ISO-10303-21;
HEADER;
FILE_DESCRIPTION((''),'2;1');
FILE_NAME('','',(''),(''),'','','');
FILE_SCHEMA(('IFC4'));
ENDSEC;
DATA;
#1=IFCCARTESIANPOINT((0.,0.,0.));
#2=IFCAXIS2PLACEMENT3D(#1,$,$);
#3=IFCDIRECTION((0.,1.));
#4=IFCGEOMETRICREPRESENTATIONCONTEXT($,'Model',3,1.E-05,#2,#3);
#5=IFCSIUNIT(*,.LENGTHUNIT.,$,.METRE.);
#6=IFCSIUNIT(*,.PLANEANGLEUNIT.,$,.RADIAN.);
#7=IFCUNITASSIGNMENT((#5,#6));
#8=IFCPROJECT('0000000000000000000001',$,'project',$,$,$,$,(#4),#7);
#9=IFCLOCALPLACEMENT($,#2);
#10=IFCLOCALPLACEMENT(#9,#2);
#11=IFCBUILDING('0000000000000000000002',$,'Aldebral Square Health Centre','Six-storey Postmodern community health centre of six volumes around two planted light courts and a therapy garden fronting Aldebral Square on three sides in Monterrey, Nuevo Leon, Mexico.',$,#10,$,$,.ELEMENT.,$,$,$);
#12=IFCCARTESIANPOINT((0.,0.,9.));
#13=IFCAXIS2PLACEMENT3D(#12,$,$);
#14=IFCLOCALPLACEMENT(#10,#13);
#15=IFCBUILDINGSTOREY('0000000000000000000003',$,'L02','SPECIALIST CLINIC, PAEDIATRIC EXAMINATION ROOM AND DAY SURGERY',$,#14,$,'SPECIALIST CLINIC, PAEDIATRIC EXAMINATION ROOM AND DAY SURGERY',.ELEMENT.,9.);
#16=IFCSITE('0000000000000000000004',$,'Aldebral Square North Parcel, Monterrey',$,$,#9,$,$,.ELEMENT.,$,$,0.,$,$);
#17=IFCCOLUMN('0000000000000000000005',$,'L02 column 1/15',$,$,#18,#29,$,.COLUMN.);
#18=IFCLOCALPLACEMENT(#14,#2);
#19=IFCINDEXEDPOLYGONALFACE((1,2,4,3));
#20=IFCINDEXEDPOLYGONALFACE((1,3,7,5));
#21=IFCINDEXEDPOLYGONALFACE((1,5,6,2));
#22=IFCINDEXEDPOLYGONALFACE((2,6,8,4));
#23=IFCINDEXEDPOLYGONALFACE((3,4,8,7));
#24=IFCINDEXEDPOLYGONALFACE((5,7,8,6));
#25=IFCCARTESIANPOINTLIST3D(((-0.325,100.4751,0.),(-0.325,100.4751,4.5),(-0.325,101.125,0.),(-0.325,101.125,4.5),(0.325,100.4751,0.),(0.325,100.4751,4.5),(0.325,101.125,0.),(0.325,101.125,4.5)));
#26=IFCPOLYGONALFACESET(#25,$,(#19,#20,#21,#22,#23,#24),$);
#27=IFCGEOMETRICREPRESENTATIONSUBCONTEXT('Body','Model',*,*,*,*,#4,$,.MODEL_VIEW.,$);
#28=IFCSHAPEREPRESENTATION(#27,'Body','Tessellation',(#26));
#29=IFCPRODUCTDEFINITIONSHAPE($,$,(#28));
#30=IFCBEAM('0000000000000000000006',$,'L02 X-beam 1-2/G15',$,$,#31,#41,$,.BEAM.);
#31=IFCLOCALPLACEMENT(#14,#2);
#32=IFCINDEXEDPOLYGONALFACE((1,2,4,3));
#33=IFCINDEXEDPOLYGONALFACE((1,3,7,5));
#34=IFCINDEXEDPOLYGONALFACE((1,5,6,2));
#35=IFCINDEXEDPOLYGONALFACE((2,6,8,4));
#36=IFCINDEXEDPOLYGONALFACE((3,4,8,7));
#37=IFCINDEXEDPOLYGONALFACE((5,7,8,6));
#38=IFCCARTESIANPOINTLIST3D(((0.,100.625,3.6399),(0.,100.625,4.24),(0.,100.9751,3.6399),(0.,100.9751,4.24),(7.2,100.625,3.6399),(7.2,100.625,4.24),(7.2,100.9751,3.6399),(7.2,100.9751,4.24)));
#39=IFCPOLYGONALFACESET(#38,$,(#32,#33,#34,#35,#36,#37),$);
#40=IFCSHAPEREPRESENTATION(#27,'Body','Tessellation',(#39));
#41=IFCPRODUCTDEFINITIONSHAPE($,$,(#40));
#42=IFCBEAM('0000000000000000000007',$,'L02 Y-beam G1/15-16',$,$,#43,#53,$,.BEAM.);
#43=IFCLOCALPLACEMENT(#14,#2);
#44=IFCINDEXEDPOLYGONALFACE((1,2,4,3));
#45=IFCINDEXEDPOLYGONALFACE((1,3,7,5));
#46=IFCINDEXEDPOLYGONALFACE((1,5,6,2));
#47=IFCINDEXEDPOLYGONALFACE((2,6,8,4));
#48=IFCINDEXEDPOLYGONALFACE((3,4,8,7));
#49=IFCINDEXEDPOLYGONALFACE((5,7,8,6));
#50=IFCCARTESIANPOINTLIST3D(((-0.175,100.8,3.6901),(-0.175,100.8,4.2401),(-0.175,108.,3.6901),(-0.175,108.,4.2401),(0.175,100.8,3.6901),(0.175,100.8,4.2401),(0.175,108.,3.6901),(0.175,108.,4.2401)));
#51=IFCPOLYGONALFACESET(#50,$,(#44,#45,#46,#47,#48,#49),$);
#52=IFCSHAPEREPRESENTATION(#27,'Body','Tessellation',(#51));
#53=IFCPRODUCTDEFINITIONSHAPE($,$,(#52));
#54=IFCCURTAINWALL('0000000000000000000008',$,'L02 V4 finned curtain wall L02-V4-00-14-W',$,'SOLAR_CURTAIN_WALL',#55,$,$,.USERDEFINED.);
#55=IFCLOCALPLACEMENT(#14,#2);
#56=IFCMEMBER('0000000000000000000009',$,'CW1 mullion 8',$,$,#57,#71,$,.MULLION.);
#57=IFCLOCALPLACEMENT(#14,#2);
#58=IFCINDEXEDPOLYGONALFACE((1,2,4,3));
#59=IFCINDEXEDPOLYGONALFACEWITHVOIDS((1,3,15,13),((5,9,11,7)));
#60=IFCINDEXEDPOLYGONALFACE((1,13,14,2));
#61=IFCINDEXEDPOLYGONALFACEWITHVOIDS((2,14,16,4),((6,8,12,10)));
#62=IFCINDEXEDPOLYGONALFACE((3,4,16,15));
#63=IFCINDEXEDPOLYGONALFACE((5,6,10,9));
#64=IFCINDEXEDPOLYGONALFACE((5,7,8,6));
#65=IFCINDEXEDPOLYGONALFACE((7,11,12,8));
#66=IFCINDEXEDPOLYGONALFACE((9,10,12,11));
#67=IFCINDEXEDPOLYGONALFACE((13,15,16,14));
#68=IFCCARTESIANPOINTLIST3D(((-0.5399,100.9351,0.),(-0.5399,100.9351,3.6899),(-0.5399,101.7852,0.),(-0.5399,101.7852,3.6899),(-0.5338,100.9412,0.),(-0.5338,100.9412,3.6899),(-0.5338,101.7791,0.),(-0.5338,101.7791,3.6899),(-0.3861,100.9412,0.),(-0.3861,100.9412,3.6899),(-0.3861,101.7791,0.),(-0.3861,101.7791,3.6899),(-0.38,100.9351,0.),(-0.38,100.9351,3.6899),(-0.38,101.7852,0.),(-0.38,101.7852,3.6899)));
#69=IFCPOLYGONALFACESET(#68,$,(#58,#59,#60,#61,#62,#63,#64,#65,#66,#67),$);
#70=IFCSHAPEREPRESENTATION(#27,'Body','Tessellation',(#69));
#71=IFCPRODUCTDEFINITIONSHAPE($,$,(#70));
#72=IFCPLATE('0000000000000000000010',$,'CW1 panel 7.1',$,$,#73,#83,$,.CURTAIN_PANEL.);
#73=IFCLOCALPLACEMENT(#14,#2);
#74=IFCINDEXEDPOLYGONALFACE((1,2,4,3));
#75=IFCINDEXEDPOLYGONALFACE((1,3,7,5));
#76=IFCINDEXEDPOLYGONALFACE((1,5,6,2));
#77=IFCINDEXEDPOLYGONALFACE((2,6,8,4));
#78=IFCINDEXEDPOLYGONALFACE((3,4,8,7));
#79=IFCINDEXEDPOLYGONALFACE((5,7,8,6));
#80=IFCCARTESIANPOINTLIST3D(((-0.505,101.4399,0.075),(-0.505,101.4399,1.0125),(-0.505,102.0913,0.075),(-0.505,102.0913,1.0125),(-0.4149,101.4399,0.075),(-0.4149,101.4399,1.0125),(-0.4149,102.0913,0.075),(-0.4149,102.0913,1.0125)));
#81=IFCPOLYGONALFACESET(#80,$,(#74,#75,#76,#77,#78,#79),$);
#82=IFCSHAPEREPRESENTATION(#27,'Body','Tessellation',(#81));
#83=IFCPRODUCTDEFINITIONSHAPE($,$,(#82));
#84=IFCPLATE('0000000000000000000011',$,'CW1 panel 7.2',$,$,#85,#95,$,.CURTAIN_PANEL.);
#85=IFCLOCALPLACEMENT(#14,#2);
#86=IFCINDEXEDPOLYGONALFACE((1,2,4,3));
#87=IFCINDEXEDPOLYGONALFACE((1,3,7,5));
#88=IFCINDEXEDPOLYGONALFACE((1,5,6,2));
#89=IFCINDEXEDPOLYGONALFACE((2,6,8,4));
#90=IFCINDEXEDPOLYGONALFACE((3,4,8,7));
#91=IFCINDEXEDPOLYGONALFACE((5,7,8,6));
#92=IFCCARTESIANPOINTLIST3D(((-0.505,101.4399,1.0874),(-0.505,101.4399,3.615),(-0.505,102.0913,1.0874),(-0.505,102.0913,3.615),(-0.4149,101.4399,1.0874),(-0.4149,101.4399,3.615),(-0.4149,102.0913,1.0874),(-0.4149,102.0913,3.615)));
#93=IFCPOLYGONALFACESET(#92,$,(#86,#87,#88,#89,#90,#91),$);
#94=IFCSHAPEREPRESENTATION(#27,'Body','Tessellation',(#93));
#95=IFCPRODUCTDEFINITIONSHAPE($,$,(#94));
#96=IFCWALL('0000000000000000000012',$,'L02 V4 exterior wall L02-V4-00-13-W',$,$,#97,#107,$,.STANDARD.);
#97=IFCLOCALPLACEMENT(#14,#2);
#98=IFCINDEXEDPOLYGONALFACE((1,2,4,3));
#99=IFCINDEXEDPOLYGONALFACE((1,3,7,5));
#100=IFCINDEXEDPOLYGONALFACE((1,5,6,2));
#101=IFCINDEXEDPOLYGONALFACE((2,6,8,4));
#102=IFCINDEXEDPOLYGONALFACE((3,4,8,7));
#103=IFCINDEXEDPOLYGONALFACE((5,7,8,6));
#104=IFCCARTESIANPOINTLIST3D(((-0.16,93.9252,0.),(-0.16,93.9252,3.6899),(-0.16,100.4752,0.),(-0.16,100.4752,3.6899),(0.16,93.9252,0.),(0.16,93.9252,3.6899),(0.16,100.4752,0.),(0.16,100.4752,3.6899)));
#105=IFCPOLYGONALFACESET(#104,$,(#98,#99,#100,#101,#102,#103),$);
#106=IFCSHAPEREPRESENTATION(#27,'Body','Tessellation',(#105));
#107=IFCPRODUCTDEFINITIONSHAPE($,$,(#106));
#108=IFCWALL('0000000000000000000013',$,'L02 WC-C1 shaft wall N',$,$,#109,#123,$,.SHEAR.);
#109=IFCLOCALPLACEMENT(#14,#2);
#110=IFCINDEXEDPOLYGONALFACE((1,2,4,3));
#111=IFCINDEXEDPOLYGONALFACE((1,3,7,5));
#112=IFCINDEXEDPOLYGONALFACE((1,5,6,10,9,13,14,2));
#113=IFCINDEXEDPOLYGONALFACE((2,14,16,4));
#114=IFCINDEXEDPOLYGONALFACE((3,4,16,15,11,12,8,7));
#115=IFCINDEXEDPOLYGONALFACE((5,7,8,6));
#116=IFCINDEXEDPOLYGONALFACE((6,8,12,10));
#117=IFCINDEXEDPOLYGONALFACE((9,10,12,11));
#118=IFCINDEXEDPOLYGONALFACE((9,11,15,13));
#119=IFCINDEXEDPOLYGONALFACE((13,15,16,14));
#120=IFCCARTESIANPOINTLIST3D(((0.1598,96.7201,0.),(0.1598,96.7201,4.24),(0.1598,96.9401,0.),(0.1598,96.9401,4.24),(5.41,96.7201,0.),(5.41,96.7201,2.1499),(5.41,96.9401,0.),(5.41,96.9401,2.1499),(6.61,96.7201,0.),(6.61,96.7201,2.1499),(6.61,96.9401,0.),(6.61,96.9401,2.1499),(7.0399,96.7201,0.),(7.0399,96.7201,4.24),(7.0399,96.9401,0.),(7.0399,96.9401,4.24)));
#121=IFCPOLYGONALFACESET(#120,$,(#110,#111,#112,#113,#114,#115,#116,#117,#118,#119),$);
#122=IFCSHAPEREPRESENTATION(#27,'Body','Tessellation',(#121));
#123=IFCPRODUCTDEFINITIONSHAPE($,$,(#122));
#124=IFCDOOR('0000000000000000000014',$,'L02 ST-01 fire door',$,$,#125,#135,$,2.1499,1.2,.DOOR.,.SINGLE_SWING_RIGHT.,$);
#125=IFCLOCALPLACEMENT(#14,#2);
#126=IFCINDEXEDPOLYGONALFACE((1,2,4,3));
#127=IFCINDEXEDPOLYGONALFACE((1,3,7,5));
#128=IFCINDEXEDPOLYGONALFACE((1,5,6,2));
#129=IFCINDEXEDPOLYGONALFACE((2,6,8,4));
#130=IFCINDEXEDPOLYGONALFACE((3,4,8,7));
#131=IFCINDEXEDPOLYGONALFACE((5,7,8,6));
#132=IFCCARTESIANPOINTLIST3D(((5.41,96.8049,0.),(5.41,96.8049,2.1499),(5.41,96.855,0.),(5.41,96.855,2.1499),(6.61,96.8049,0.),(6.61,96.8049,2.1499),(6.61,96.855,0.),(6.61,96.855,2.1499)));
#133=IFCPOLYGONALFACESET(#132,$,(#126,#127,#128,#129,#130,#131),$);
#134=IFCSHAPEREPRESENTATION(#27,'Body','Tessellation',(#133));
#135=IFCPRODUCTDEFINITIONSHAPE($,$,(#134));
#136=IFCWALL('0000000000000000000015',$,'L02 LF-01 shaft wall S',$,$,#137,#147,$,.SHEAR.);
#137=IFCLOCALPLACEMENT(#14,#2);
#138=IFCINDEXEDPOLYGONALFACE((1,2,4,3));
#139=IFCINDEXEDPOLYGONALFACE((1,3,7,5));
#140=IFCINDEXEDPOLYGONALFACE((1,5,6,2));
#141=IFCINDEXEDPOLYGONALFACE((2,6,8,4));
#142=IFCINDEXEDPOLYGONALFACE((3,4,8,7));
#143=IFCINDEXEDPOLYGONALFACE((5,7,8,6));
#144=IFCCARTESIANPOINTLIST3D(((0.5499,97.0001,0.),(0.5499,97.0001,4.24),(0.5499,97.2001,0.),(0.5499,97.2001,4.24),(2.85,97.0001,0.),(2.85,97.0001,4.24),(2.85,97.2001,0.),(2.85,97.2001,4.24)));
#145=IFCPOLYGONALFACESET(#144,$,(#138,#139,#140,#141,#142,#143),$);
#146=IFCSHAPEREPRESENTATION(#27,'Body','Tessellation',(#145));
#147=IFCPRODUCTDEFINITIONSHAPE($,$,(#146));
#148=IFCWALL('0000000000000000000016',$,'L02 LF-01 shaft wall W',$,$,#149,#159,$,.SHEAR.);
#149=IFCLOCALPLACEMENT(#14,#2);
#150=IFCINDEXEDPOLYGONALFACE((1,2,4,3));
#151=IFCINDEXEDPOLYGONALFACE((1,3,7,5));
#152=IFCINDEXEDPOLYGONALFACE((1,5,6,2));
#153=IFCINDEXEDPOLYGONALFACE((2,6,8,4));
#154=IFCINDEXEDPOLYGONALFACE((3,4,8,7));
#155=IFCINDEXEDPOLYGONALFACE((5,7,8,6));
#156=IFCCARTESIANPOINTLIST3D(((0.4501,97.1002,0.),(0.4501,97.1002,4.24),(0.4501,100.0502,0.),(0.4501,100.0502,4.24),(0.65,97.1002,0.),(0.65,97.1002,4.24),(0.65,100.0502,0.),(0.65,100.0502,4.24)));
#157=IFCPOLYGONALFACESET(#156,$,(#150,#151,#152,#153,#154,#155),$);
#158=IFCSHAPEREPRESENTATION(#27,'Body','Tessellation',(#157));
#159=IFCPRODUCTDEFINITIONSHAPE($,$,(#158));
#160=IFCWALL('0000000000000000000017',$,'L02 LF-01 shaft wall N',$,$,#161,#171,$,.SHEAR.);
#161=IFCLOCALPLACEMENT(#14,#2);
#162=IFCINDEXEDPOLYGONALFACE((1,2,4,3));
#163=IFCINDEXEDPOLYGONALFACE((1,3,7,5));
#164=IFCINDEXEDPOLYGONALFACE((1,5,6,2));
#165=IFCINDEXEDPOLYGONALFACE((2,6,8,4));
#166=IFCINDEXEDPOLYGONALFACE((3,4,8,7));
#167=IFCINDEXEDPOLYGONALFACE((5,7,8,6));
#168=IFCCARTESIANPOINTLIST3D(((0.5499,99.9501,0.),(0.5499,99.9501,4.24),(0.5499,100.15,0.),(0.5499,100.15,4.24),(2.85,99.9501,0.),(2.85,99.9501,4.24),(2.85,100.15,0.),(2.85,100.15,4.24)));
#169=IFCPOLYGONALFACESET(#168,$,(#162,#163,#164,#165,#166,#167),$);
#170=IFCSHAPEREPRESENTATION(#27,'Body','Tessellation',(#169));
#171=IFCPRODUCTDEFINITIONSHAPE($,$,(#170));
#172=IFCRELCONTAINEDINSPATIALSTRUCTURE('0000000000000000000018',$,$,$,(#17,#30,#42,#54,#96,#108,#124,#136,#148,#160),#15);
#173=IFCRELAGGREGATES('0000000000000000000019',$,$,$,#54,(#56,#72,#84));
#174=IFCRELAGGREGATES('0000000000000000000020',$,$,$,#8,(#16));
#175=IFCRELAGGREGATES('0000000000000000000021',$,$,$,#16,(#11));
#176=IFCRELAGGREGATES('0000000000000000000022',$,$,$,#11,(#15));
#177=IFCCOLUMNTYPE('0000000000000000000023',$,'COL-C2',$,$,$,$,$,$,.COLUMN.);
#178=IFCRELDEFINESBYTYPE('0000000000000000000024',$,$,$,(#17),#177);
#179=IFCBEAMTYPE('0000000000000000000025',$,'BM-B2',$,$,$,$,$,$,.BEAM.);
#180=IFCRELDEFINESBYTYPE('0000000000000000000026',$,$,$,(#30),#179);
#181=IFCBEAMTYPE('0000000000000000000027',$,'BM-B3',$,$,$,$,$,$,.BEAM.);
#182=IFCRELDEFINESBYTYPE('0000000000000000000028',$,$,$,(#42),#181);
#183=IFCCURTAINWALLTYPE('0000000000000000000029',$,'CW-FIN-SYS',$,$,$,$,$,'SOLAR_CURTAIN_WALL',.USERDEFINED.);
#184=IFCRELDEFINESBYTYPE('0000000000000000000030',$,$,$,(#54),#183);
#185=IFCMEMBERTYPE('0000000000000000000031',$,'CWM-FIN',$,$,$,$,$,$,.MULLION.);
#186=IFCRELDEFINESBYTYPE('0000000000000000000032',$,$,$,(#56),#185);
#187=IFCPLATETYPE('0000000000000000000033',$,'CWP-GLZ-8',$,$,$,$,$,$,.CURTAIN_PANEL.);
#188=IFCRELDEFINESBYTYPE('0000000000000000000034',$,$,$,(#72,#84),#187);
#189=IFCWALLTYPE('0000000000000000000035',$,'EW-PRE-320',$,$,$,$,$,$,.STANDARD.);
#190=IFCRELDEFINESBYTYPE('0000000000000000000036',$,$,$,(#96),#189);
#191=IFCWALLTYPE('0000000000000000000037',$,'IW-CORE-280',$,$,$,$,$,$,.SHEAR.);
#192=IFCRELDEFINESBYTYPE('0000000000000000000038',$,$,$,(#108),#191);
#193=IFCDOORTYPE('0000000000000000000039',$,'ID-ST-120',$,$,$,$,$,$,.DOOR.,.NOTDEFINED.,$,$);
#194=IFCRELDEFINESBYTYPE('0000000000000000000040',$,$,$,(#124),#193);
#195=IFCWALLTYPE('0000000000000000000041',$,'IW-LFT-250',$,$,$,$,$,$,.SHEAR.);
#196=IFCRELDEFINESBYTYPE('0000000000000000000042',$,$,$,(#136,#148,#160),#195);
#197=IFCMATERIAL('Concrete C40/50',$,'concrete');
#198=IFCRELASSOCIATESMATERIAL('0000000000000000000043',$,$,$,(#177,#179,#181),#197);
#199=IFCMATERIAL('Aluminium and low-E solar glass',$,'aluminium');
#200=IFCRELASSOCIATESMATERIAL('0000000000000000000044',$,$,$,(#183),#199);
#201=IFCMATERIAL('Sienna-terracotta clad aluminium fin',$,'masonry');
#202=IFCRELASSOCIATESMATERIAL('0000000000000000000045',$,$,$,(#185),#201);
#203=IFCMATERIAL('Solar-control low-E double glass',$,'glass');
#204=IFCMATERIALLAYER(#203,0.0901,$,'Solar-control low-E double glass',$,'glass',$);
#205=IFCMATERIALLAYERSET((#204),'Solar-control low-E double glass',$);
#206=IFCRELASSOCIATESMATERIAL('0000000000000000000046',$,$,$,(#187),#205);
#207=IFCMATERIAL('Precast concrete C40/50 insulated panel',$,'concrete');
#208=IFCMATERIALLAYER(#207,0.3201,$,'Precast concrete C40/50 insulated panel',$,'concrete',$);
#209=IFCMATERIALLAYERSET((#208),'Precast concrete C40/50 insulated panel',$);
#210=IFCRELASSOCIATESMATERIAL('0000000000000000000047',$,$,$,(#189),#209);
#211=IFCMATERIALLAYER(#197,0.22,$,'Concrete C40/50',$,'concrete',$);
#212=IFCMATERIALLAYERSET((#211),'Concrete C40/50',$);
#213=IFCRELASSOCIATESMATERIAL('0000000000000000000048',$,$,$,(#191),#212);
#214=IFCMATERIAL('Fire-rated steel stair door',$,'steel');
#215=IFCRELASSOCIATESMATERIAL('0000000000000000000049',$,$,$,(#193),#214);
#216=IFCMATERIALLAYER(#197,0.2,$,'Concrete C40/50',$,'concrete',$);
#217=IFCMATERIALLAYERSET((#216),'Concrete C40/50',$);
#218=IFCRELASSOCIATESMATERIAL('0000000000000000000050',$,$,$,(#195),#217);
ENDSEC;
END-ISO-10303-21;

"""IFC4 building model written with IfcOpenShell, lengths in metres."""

from ifc_helpers import new_model, si_unit, direction, frame, frame_2d, origin, origin_2d, place, context, subcontext, project, spatial, rectangle, hollow_rectangle, extrude, material, layer, layer_set, material_profile, profile_set, type_object, element, fill, aggregate, save


model = new_model("IFC4")

# Units and contexts
model_context = context("Model", 3, precision=1e-05, world=origin(), true_north=direction((0.0, 1.0)))
body_context = subcontext(model_context, "Body", "Model", "MODEL_VIEW")
ifc_project = project(units=[si_unit("LENGTHUNIT", "METRE"), si_unit("PLANEANGLEUNIT", "RADIAN")], contexts=[model_context])

# Site, building, storey
site_placement = place(None, origin())
site = spatial("IfcSite", under=ifc_project, at=site_placement, Name="Aldebral Square North Parcel, Monterrey", CompositionType="ELEMENT", RefElevation=0.0)
building_placement = place(site_placement, origin())
building = spatial("IfcBuilding", under=site, at=building_placement, Name="Aldebral Square Health Centre", Description="Six-storey Postmodern community health centre of six volumes around two planted light courts and a therapy garden fronting Aldebral Square on three sides in Monterrey, Nuevo Leon, Mexico.", CompositionType="ELEMENT")
storey_placement = place(building_placement, frame((0.0, 0.0, 9.0)))
storey = spatial("IfcBuildingStorey", under=building, at=storey_placement, Name="L02", Description="SPECIALIST CLINIC, PAEDIATRIC EXAMINATION ROOM AND DAY SURGERY", LongName="SPECIALIST CLINIC, PAEDIATRIC EXAMINATION ROOM AND DAY SURGERY", CompositionType="ELEMENT", Elevation=9.0)

# Column
ifc_material_1 = material(Name="Concrete C40/50", Category="concrete")
ifc_material_profile_1 = material_profile(ifc_material_1, rectangle(XDim=0.6499, YDim=0.6499, at=origin_2d()), Name="RC 650x650")
ifc_profile_set_1 = profile_set([ifc_material_profile_1], Name="Concrete C40/50")
column_type = type_object("IfcColumnType", Name="COL-C2", PredefinedType="COLUMN", material=ifc_profile_set_1)
column_placement = place(storey_placement, frame((0.0, 100.8, 0.0), z_axis=(0.0, 0.0, 1.0), x_axis=(1.0, 0.0, 0.0)))
element("IfcColumn", 1, at=column_placement, inside=storey, type_object=column_type, Name="L02 column 1/15", PredefinedType="COLUMN", context=body_context, shape_type="SweptSolid", body=[
    extrude(rectangle(XDim=0.6499, YDim=0.6499, at=origin_2d()), origin(), (0.0, 0.0, 1.0), 4.5),
])

# Beams
ifc_material_profile_2 = material_profile(ifc_material_1, rectangle(XDim=0.3501, YDim=0.6001, at=origin_2d()), Name="RC 350x600")
ifc_profile_set_2 = profile_set([ifc_material_profile_2], Name="Concrete C40/50")
beam_type_1 = type_object("IfcBeamType", Name="BM-B2", PredefinedType="BEAM", material=ifc_profile_set_2)
beam_1_placement = place(storey_placement, frame((0.0, 100.8, 3.9399), z_axis=(1.0, 0.0, 0.0), x_axis=(0.0, 1.0, 0.0)))
element("IfcBeam", 2, at=beam_1_placement, inside=storey, type_object=beam_type_1, Name="L02 X-beam 1-2/G15", PredefinedType="BEAM", context=body_context, shape_type="SweptSolid", body=[
    extrude(rectangle(XDim=0.3501, YDim=0.6001, at=origin_2d()), origin(), (0.0, 0.0, 1.0), 7.2),
])
ifc_material_profile_3 = material_profile(ifc_material_1, rectangle(XDim=0.3501, YDim=0.55, at=origin_2d()), Name="RC 350x550")
ifc_profile_set_3 = profile_set([ifc_material_profile_3], Name="Concrete C40/50")
beam_type_2 = type_object("IfcBeamType", Name="BM-B3", PredefinedType="BEAM", material=ifc_profile_set_3)
beam_2_placement = place(storey_placement, frame((0.0, 100.8, 3.9651), z_axis=(0.0, 1.0, 0.0), x_axis=(-1.0, 0.0, 0.0)))
element("IfcBeam", 3, at=beam_2_placement, inside=storey, type_object=beam_type_2, Name="L02 Y-beam G1/15-16", PredefinedType="BEAM", context=body_context, shape_type="SweptSolid", body=[
    extrude(rectangle(XDim=0.3501, YDim=0.55, at=origin_2d()), origin(), (0.0, 0.0, 1.0), 7.2),
])

# Curtain wall, member, plates
ifc_material_2 = material(Name="Aluminium and low-E solar glass", Category="aluminium")
curtain_wall_type = type_object("IfcCurtainWallType", Name="CW-FIN-SYS", ElementType="SOLAR_CURTAIN_WALL", PredefinedType="USERDEFINED", material=ifc_material_2)
curtain_wall_placement = place(storey_placement, origin())
curtain_wall = element("IfcCurtainWall", 4, at=curtain_wall_placement, inside=storey, type_object=curtain_wall_type, Name="L02 V4 finned curtain wall L02-V4-00-14-W", ObjectType="SOLAR_CURTAIN_WALL", PredefinedType="USERDEFINED")
ifc_material_3 = material(Name="Sienna-terracotta clad aluminium fin", Category="masonry")
ifc_material_profile_4 = material_profile(ifc_material_3, hollow_rectangle(XDim=0.1599, YDim=0.8501, WallThickness=0.0061, at=origin_2d()), Name="FIN 160x850x6")
ifc_profile_set_4 = profile_set([ifc_material_profile_4], Name="Sienna-terracotta clad aluminium fin")
member_type = type_object("IfcMemberType", Name="CWM-FIN", PredefinedType="MULLION", material=ifc_profile_set_4)
member_placement = place(storey_placement, frame((-0.46, 101.3601, 0.0), z_axis=(0.0, 0.0, 1.0), x_axis=(1.0, 0.0, 0.0)))
member = element("IfcMember", 5, at=member_placement, type_object=member_type, Name="CW1 mullion 8", PredefinedType="MULLION", context=body_context, shape_type="SweptSolid", body=[
    extrude(hollow_rectangle(XDim=0.1599, YDim=0.8501, WallThickness=0.0061, at=origin_2d()), origin(), (0.0, 0.0, 1.0), 3.6899),
])
ifc_material_4 = material(Name="Solar-control low-E double glass", Category="glass")
ifc_layer_1 = layer(ifc_material_4, 0.0901, Name="Solar-control low-E double glass", Category="glass")
ifc_layer_set_1 = layer_set([ifc_layer_1], Name="Solar-control low-E double glass")
plate_type = type_object("IfcPlateType", Name="CWP-GLZ-8", PredefinedType="CURTAIN_PANEL", material=ifc_layer_set_1)
plate_1_placement = place(storey_placement, frame((-0.46, 101.7656, 0.075), z_axis=(0.0, 0.0, 1.0), x_axis=(0.0, -1.0, 0.0)))
plate_1 = element("IfcPlate", 6, at=plate_1_placement, type_object=plate_type, Name="CW1 panel 7.1", PredefinedType="CURTAIN_PANEL", context=body_context, shape_type="SweptSolid", body=[
    extrude(rectangle(XDim=0.6514, YDim=0.0901, at=origin_2d()), origin(), (0.0, 0.0, 1.0), 0.9375),
])
plate_2_placement = place(storey_placement, frame((-0.46, 101.7656, 1.0874), z_axis=(0.0, 0.0, 1.0), x_axis=(0.0, -1.0, 0.0)))
plate_2 = element("IfcPlate", 7, at=plate_2_placement, type_object=plate_type, Name="CW1 panel 7.2", PredefinedType="CURTAIN_PANEL", context=body_context, shape_type="SweptSolid", body=[
    extrude(rectangle(XDim=0.6514, YDim=0.0901, at=origin_2d()), origin(), (0.0, 0.0, 1.0), 2.5276),
])
aggregate(curtain_wall, [member, plate_1, plate_2])

# Wall
ifc_material_5 = material(Name="Precast concrete C40/50 insulated panel", Category="concrete")
ifc_layer_2 = layer(ifc_material_5, 0.3201, Name="Precast concrete C40/50 insulated panel", Category="concrete")
ifc_layer_set_2 = layer_set([ifc_layer_2], Name="Precast concrete C40/50 insulated panel")
wall_type_1 = type_object("IfcWallType", Name="EW-PRE-320", PredefinedType="STANDARD", material=ifc_layer_set_2)
wall_1_placement = place(storey_placement, frame((0.0, 100.4751, 0.0), z_axis=(0.0, 0.0, 1.0), x_axis=(0.0, -1.0, 0.0)))
element("IfcWall", 8, at=wall_1_placement, inside=storey, type_object=wall_type_1, Name="L02 V4 exterior wall L02-V4-00-13-W", PredefinedType="STANDARD", context=body_context, shape_type="SweptSolid", body=[
    extrude(rectangle(XDim=6.55, YDim=0.3201, at=frame_2d((3.2749, 0.0))), origin(), (0.0, 0.0, 1.0), 3.6899),
])

# Wall, opening, door
ifc_layer_3 = layer(ifc_material_1, 0.22, Name="Concrete C40/50", Category="concrete")
ifc_layer_set_3 = layer_set([ifc_layer_3], Name="Concrete C40/50")
wall_type_2 = type_object("IfcWallType", Name="IW-CORE-280", PredefinedType="SHEAR", material=ifc_layer_set_3)
wall_2_placement = place(storey_placement, frame((0.1599, 96.8301, 0.0), z_axis=(0.0, 0.0, 1.0), x_axis=(1.0, 0.0, 0.0)))
wall_2 = element("IfcWall", 9, at=wall_2_placement, inside=storey, type_object=wall_type_2, Name="L02 WC-C1 shaft wall N", PredefinedType="SHEAR", context=body_context, shape_type="SweptSolid", body=[
    extrude(rectangle(XDim=6.8801, YDim=0.22, at=frame_2d((3.4399, 0.0))), origin(), (0.0, 0.0, 1.0), 4.24),
])
opening_1_placement = place(wall_2_placement, frame((5.25, 0.0, 0.0)))
opening_1 = element("IfcOpeningElement", 10, at=opening_1_placement, cuts=wall_2, PredefinedType="OPENING", context=body_context, shape_type="SweptSolid", body=[
    extrude(rectangle(XDim=1.2, YDim=2.1499, at=frame_2d((0.6001, 1.075))), frame((0.0, 0.1201, 0.0), z_axis=(0.0, -1.0, 0.0), x_axis=(1.0, 0.0, 0.0)), (0.0, 0.0, 1.0), 0.24),
])
ifc_material_6 = material(Name="Fire-rated steel stair door", Category="steel")
door_type_1 = type_object("IfcDoorType", Name="ID-ST-120", OperationType="NOTDEFINED", PredefinedType="DOOR", material=ifc_material_6)
door_1_placement = place(opening_1_placement, origin())
door_1 = element("IfcDoor", 11, at=door_1_placement, inside=storey, type_object=door_type_1, Name="L02 ST-01 fire door", OperationType="SINGLE_SWING_RIGHT", OverallHeight=2.1499, OverallWidth=1.2, PredefinedType="DOOR", context=body_context, shape_type="SweptSolid", body=[
    extrude(rectangle(XDim=1.2, YDim=2.1499, at=frame_2d((0.6001, 1.075))), frame((0.0, 0.0249, 0.0), z_axis=(0.0, -1.0, 0.0), x_axis=(1.0, 0.0, 0.0)), (0.0, 0.0, 1.0), 0.05),
])
fill(opening_1, door_1)

# Walls
ifc_layer_4 = layer(ifc_material_1, 0.2, Name="Concrete C40/50", Category="concrete")
ifc_layer_set_4 = layer_set([ifc_layer_4], Name="Concrete C40/50")
wall_type_3 = type_object("IfcWallType", Name="IW-LFT-250", PredefinedType="SHEAR", material=ifc_layer_set_4)
wall_3_placement = place(storey_placement, frame((0.55, 97.1001, 0.0), z_axis=(0.0, 0.0, 1.0), x_axis=(1.0, 0.0, 0.0)))
element("IfcWall", 12, at=wall_3_placement, inside=storey, type_object=wall_type_3, Name="L02 LF-01 shaft wall S", PredefinedType="SHEAR", context=body_context, shape_type="SweptSolid", body=[
    extrude(rectangle(XDim=2.3, YDim=0.2, at=frame_2d((1.1499, 0.0))), origin(), (0.0, 0.0, 1.0), 4.24),
])
wall_4_placement = place(storey_placement, frame((0.55, 97.1001, 0.0), z_axis=(0.0, 0.0, 1.0), x_axis=(0.0, 1.0, 0.0)))
element("IfcWall", 13, at=wall_4_placement, inside=storey, type_object=wall_type_3, Name="L02 LF-01 shaft wall W", PredefinedType="SHEAR", context=body_context, shape_type="SweptSolid", body=[
    extrude(rectangle(XDim=2.95, YDim=0.2, at=frame_2d((1.4751, 0.0))), origin(), (0.0, 0.0, 1.0), 4.24),
])
wall_5_placement = place(storey_placement, frame((0.55, 100.05, 0.0), z_axis=(0.0, 0.0, 1.0), x_axis=(1.0, 0.0, 0.0)))
element("IfcWall", 14, at=wall_5_placement, inside=storey, type_object=wall_type_3, Name="L02 LF-01 shaft wall N", PredefinedType="SHEAR", context=body_context, shape_type="SweptSolid", body=[
    extrude(rectangle(XDim=2.3, YDim=0.2, at=frame_2d((1.1499, 0.0))), origin(), (0.0, 0.0, 1.0), 4.24),
])

save(model, "model.ifc")
